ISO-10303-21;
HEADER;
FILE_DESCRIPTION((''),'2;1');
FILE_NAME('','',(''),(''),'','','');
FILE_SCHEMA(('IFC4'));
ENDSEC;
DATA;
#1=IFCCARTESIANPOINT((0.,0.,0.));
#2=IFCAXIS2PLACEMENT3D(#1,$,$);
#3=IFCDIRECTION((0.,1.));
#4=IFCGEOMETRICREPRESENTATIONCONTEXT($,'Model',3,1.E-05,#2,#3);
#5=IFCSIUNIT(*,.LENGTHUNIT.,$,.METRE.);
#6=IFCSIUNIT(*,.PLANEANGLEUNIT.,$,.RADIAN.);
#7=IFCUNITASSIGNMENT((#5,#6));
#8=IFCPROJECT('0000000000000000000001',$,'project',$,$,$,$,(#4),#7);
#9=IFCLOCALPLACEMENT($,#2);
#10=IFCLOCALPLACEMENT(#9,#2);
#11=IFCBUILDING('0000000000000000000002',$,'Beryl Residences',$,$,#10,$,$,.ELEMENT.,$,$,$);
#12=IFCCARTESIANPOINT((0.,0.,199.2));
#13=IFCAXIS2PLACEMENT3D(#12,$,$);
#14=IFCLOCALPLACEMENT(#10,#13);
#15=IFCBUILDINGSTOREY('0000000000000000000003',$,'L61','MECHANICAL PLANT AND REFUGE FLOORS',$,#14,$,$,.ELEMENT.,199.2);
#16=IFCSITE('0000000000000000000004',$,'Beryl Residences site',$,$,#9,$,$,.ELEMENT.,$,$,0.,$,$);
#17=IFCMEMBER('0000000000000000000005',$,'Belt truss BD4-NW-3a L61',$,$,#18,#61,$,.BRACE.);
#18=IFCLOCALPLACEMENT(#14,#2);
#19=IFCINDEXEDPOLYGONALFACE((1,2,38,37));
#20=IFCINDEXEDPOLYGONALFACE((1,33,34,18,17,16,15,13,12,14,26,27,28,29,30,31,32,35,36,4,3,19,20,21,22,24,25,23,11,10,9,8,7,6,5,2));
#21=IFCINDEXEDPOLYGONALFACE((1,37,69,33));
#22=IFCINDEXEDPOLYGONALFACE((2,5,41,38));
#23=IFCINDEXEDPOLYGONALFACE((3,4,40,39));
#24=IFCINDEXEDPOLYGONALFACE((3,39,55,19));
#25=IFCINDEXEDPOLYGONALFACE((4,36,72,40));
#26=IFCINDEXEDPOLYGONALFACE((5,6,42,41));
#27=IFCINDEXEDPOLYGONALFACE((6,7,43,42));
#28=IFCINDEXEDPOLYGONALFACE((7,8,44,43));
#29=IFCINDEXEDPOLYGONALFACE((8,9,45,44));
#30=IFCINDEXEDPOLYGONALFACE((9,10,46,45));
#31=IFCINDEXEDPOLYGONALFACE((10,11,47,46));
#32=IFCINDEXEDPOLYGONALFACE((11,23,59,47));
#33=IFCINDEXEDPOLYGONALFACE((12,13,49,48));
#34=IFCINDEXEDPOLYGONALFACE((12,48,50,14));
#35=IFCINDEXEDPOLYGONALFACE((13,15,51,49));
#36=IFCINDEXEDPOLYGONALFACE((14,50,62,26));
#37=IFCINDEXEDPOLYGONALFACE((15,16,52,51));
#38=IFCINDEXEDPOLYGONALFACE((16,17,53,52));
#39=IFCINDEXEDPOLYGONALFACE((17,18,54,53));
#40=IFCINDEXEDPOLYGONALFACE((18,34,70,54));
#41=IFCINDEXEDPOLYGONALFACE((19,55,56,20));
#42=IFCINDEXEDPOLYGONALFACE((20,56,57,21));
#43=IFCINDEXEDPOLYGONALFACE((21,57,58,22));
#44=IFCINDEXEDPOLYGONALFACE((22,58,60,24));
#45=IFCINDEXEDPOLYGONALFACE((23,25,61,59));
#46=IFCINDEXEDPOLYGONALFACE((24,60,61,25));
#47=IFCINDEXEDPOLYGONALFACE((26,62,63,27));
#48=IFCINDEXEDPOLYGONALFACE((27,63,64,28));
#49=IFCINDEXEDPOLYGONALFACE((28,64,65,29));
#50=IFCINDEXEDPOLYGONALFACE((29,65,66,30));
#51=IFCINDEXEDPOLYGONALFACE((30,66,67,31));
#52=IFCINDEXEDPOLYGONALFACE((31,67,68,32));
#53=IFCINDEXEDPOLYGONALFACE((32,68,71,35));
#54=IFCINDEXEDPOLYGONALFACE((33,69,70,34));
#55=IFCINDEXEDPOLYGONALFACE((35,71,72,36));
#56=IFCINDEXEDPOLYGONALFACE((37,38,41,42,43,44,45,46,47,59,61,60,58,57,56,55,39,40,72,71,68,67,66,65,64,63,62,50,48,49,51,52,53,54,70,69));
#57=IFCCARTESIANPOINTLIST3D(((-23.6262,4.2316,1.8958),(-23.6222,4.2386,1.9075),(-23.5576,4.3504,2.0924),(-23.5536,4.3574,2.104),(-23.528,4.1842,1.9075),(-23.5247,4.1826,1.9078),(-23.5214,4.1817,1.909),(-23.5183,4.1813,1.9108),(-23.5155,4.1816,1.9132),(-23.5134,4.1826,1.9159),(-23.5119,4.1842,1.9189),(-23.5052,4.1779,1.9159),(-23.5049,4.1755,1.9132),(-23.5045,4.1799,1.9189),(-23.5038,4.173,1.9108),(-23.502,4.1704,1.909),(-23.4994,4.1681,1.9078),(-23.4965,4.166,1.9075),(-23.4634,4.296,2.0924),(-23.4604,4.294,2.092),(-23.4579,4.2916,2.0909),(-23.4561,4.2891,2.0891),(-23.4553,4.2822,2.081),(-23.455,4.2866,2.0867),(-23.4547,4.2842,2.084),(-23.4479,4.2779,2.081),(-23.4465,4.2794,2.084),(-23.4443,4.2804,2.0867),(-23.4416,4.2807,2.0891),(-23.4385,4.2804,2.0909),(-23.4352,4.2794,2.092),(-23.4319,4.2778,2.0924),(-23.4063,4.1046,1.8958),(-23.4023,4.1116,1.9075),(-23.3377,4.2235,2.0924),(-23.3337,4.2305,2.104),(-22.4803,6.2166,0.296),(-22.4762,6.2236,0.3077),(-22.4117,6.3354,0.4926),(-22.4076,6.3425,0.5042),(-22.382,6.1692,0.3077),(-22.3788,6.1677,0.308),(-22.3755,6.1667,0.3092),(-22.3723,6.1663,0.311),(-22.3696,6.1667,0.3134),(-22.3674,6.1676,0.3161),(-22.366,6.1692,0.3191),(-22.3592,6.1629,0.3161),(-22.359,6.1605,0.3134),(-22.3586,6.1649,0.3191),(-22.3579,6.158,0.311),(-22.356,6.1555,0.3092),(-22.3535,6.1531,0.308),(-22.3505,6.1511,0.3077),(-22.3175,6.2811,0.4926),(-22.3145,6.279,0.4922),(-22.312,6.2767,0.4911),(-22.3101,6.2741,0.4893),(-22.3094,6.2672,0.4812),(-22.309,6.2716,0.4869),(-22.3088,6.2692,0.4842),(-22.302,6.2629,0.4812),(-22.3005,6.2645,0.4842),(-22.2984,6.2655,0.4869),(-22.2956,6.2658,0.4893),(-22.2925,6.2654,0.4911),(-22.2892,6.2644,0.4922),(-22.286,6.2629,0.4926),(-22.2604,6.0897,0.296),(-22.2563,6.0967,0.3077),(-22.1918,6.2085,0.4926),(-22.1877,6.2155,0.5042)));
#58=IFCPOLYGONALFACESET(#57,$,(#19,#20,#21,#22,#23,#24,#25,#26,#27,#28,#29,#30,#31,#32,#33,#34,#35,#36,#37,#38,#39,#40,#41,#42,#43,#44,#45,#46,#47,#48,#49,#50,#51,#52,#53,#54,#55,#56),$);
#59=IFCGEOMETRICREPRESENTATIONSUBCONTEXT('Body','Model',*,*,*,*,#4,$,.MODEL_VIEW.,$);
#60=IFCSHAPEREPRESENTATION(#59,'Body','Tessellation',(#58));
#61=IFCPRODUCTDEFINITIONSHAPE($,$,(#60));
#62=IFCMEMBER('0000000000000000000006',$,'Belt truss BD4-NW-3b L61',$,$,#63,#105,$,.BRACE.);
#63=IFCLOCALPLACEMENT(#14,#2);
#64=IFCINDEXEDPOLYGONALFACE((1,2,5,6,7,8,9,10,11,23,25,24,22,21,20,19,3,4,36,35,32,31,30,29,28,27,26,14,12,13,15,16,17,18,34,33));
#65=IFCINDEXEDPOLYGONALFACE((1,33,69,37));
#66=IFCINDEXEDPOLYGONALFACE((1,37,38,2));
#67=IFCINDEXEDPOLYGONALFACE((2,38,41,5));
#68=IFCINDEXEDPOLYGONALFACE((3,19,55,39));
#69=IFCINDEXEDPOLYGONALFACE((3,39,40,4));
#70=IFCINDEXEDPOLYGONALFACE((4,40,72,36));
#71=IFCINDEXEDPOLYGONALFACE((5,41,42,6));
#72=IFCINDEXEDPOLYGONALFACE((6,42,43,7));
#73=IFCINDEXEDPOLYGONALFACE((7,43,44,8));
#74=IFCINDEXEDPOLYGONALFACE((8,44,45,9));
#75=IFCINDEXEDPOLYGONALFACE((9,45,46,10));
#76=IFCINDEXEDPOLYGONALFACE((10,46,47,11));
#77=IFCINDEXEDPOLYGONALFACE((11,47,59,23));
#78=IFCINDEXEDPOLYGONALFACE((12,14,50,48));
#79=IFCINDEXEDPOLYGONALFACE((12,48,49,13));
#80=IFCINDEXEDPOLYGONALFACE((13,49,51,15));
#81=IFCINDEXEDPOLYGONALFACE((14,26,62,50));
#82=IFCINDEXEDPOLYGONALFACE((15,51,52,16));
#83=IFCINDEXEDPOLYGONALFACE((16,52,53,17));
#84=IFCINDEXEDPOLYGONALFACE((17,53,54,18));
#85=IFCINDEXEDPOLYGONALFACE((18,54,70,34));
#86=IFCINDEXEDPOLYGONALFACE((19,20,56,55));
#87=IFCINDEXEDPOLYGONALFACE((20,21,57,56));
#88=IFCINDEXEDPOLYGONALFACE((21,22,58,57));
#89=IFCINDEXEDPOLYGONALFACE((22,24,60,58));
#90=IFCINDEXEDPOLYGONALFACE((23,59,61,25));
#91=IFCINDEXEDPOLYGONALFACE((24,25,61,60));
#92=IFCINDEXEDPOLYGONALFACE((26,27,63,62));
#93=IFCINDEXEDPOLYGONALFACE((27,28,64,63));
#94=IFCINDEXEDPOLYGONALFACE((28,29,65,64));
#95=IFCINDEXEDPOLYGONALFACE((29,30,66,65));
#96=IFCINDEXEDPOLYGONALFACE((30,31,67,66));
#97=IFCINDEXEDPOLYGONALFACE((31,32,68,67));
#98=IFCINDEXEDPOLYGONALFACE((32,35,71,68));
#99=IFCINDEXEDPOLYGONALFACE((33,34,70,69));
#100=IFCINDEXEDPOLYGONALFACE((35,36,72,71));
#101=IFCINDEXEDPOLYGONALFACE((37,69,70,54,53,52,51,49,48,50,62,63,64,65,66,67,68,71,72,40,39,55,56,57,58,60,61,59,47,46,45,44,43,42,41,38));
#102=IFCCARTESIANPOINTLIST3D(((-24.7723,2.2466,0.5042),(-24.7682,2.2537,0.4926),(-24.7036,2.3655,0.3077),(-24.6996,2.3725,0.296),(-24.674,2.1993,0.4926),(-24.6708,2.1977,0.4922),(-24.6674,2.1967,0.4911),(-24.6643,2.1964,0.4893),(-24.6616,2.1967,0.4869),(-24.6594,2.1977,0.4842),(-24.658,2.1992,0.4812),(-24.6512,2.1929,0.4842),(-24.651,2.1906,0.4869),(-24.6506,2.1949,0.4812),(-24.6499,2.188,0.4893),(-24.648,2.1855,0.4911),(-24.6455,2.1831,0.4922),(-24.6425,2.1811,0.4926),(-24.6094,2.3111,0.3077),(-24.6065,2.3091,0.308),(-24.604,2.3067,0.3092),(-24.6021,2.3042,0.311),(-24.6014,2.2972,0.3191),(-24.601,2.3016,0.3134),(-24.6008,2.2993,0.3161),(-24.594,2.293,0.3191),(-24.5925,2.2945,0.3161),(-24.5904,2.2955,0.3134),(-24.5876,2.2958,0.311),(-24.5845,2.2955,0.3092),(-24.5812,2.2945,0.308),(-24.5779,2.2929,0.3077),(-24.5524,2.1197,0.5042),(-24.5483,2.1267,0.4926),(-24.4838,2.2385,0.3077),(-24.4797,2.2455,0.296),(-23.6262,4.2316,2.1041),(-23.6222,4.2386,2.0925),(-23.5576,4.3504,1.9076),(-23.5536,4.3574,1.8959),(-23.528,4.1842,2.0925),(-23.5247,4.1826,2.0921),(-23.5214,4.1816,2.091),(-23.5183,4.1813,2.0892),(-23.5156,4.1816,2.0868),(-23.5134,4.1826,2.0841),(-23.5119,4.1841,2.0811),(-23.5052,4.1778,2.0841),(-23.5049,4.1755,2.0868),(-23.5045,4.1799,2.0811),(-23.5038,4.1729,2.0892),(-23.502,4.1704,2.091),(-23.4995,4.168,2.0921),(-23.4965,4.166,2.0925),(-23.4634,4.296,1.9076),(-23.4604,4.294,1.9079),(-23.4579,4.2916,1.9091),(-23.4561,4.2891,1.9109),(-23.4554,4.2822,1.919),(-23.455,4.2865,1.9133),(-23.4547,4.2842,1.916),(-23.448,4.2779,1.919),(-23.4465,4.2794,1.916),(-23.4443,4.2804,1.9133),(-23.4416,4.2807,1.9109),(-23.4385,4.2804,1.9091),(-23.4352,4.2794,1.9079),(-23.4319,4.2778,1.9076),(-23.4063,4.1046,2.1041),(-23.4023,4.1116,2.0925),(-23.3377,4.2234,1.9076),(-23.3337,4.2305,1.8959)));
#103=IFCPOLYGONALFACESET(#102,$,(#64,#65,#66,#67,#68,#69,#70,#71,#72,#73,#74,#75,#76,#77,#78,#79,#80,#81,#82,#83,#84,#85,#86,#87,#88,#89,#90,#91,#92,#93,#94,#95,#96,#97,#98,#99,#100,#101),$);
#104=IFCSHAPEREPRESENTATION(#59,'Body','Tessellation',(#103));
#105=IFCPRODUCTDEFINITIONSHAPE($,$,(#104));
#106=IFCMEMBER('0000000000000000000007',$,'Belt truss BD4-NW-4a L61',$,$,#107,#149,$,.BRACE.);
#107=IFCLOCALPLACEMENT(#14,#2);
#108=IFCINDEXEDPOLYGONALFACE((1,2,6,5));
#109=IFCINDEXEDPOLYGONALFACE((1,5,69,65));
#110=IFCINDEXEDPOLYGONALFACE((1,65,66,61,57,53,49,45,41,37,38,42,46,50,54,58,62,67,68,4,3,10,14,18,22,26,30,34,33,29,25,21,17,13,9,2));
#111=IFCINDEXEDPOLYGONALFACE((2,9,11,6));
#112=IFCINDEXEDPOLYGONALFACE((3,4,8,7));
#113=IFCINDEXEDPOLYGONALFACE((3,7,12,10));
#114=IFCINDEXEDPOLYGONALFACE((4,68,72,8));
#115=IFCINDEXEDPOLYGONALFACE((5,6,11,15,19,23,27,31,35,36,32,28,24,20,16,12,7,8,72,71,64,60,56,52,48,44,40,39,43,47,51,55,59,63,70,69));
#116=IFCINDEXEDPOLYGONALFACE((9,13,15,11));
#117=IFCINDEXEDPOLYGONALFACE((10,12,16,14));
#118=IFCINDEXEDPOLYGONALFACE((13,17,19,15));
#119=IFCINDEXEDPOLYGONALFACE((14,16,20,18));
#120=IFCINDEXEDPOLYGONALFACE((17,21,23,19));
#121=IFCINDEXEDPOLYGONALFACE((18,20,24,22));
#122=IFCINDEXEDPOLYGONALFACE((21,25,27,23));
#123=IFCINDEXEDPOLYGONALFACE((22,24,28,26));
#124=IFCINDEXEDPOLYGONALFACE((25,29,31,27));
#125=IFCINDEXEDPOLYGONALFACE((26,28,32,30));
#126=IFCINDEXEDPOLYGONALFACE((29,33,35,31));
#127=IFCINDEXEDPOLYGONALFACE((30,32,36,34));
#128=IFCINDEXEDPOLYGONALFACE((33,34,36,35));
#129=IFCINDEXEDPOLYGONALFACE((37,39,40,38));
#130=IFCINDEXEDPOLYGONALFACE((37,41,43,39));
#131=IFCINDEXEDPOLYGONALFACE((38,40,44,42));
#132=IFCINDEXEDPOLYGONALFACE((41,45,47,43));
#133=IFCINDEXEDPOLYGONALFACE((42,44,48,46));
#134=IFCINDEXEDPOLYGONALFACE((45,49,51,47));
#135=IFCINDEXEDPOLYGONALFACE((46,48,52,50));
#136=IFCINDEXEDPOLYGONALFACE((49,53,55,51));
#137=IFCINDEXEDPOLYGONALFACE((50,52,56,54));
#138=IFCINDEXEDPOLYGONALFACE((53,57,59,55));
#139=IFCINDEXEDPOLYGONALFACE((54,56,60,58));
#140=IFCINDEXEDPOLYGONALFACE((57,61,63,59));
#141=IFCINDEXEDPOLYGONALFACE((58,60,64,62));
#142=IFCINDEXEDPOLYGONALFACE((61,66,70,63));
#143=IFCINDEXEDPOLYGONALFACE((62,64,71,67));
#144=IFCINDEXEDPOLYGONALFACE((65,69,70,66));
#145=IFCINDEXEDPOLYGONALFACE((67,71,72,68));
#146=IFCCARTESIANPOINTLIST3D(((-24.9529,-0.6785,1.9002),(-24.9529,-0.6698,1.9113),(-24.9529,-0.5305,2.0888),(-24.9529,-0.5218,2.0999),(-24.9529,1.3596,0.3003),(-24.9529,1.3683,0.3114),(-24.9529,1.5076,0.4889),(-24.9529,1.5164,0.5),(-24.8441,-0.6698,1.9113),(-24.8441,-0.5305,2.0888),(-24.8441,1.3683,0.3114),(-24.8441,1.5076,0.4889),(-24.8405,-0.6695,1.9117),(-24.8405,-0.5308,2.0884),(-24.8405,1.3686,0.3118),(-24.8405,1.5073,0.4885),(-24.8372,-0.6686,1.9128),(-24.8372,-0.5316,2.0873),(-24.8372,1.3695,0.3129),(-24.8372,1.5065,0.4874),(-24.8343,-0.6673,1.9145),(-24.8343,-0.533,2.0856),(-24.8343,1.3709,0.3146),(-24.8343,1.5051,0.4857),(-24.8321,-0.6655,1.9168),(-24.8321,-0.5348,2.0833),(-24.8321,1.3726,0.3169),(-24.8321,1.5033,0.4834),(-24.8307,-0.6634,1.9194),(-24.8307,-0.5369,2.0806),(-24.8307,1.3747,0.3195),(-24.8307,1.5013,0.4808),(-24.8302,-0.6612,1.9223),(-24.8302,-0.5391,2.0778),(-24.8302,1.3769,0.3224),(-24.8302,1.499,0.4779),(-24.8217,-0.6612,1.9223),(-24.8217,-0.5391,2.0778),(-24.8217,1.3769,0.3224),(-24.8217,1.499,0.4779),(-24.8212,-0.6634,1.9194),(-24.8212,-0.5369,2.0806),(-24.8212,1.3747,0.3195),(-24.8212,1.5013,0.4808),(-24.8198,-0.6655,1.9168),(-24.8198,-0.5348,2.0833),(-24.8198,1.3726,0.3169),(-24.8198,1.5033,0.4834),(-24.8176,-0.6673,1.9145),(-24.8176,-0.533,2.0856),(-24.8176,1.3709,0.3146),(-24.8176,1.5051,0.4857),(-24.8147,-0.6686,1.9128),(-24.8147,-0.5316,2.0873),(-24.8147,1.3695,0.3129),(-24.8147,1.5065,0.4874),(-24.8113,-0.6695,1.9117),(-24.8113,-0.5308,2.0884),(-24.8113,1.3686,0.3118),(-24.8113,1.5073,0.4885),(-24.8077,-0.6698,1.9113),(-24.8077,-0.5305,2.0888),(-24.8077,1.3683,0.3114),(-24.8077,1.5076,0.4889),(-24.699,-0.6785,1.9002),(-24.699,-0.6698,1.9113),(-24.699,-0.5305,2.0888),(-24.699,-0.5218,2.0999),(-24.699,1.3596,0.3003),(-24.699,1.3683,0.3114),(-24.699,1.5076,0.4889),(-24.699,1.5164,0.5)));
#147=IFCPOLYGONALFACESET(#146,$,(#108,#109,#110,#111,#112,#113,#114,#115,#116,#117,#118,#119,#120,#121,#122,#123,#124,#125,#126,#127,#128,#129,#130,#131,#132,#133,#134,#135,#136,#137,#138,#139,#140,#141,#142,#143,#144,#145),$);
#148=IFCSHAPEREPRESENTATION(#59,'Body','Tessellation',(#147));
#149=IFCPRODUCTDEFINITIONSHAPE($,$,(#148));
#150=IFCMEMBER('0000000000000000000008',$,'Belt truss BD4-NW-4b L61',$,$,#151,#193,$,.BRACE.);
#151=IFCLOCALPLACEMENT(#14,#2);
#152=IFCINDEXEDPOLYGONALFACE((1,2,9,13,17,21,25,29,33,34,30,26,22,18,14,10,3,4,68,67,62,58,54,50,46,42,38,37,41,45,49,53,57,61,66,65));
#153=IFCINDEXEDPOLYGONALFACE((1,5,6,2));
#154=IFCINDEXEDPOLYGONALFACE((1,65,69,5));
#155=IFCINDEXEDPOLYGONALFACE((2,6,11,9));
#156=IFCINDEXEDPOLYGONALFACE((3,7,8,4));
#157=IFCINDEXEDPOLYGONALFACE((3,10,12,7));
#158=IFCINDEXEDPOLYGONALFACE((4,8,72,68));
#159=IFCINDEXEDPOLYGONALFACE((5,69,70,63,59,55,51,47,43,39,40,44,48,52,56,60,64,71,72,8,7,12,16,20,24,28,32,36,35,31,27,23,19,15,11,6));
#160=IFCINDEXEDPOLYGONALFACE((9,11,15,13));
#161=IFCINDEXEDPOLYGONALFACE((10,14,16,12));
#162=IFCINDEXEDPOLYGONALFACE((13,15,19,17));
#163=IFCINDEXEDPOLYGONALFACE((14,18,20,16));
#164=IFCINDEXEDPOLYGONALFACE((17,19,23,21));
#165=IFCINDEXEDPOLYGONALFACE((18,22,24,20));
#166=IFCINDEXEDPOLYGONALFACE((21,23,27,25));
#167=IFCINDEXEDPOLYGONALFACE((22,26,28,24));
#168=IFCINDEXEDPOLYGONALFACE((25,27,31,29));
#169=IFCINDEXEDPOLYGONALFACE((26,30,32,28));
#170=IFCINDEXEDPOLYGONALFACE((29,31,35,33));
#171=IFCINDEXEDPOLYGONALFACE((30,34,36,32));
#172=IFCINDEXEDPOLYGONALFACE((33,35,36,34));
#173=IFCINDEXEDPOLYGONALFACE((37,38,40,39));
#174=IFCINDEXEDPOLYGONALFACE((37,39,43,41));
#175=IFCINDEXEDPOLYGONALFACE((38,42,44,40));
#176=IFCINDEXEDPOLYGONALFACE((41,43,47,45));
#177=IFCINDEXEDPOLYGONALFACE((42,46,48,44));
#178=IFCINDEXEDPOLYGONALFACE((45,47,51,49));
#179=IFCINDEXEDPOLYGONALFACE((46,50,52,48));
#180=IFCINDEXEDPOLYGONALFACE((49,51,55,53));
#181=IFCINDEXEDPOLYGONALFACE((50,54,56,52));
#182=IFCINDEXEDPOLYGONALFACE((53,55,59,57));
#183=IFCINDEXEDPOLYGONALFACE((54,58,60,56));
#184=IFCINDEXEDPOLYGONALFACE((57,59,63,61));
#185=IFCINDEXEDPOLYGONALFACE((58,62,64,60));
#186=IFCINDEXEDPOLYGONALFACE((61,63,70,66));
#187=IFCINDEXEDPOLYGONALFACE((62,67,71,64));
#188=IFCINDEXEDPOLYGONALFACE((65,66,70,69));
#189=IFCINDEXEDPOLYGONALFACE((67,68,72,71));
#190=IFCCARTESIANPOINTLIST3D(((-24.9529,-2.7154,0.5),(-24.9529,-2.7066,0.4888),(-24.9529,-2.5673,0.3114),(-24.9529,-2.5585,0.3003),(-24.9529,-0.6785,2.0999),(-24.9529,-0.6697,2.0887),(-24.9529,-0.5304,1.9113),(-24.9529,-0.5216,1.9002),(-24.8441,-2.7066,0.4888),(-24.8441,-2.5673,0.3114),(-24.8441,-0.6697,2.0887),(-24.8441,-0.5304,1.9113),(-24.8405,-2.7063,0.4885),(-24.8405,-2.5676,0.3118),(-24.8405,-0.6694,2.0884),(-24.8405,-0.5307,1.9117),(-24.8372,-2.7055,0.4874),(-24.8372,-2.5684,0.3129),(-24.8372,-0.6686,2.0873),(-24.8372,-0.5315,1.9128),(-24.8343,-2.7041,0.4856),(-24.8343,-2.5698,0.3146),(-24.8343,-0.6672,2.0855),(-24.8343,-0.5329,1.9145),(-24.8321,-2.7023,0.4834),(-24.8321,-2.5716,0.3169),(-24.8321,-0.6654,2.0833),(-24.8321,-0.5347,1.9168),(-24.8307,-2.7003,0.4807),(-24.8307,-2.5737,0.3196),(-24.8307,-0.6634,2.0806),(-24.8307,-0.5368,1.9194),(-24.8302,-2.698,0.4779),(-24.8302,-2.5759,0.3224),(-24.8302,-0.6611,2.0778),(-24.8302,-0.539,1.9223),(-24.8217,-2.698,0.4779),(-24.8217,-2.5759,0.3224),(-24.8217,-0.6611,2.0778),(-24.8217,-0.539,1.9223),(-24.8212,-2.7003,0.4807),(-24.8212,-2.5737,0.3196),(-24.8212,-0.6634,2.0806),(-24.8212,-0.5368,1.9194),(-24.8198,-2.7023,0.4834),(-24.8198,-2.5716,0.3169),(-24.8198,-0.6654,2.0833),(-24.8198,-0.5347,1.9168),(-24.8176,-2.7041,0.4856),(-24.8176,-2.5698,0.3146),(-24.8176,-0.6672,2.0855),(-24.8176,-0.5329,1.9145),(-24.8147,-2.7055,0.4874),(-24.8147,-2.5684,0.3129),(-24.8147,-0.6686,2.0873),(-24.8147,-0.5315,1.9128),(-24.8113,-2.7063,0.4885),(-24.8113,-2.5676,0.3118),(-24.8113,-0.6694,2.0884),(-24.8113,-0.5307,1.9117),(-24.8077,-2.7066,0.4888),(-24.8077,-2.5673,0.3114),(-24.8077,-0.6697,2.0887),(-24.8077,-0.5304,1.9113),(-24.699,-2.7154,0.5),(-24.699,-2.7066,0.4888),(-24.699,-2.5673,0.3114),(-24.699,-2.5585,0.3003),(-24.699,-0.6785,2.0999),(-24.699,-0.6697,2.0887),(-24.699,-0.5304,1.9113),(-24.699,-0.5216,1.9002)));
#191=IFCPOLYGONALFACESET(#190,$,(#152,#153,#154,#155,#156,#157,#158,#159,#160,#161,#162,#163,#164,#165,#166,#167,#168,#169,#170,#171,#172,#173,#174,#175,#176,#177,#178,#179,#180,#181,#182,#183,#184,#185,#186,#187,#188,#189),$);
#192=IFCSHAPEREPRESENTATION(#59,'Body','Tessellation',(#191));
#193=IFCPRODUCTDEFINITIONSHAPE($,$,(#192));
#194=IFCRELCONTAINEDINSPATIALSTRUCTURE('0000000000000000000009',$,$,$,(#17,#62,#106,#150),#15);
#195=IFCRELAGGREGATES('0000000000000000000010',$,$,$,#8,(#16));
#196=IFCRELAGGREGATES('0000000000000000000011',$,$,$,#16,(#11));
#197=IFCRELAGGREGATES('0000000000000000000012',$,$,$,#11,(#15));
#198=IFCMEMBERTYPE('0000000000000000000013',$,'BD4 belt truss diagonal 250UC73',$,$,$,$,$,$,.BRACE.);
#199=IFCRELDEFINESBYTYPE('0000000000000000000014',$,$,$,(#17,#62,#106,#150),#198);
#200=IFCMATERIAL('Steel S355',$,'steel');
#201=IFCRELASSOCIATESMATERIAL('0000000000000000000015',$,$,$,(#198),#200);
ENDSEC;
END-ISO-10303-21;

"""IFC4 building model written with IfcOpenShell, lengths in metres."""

from ifc_helpers import new_model, si_unit, direction, frame, origin, origin_2d, place, context, subcontext, project, spatial, i_section, extrude, material, material_profile, profile_set, type_object, element, save


model = new_model("IFC4")

# Units and contexts
model_context = context("Model", 3, precision=1e-05, world=origin(), true_north=direction((0.0, 1.0)))
body_context = subcontext(model_context, "Body", "Model", "MODEL_VIEW")
ifc_project = project(units=[si_unit("LENGTHUNIT", "METRE"), si_unit("PLANEANGLEUNIT", "RADIAN")], contexts=[model_context])

# Site, building, storey
site_placement = place(None, origin())
site = spatial("IfcSite", under=ifc_project, at=site_placement, Name="Beryl Residences site", CompositionType="ELEMENT", RefElevation=0.0)
building_placement = place(site_placement, origin())
building = spatial("IfcBuilding", under=site, at=building_placement, Name="Beryl Residences", CompositionType="ELEMENT")
storey_placement = place(building_placement, frame((0.0, 0.0, 199.2)))
storey = spatial("IfcBuildingStorey", under=building, at=storey_placement, Name="L61", Description="MECHANICAL PLANT AND REFUGE FLOORS", CompositionType="ELEMENT", Elevation=199.2)

# Members
ifc_material_1 = material(Name="Steel S355", Category="steel")
ifc_material_profile_1 = material_profile(ifc_material_1, i_section(OverallWidth=0.2539, OverallDepth=0.2539, WebThickness=0.0085, FlangeThickness=0.0142, FilletRadius=0.0139, at=origin_2d()))
ifc_profile_set_1 = profile_set([ifc_material_profile_1], Name="Steel S355")
member_type_1 = type_object("IfcMemberType", Name="BD4 belt truss diagonal 250UC73", PredefinedType="BRACE", material=ifc_profile_set_1)
for number, where, z_axis, x_axis, name in (
    (1, (-22.334, 6.2161, 0.4001), (-0.409978, -0.710169, 0.572345), (0.866045, -0.499965, 0.0), "Belt truss BD4-NW-3a L61"),
    (2, (-24.626, 2.2461, 0.4001), (0.410003, 0.710125, 0.57238), (-0.866019, 0.500011, 0.0), "Belt truss BD4-NW-3b L61"),
):
    element("IfcMember", number, at=place(storey_placement, frame(where, z_axis=z_axis, x_axis=x_axis)), inside=storey, type_object=member_type_1, Name=name, PredefinedType="BRACE", context=body_context, shape_type="SweptSolid", body=[
        extrude(i_section(OverallWidth=0.2539, OverallDepth=0.2539, WebThickness=0.0085, FlangeThickness=0.0142, FilletRadius=0.0139, at=origin_2d()), origin(), (0.0, 0.0, 1.0), 2.7952),
    ])
member_1_placement = place(storey_placement, frame((-24.8259, 1.438, 0.4001), z_axis=(0.0, -0.786599, 0.617464), x_axis=(1.0, 0.0, 0.0)))
element("IfcMember", 3, at=member_1_placement, inside=storey, type_object=member_type_1, Name="Belt truss BD4-NW-4a L61", PredefinedType="BRACE", context=body_context, shape_type="SweptSolid", body=[
    extrude(i_section(OverallWidth=0.2539, OverallDepth=0.2539, WebThickness=0.0085, FlangeThickness=0.0142, FilletRadius=0.0139, at=origin_2d()), origin(), (0.0, 0.0, 1.0), 2.5911),
])
member_2_placement = place(storey_placement, frame((-24.8259, -2.637, 0.4001), z_axis=(0.0, 0.78642, 0.617692), x_axis=(-1.0, 0.0, 0.0)))
element("IfcMember", 4, at=member_2_placement, inside=storey, type_object=member_type_1, Name="Belt truss BD4-NW-4b L61", PredefinedType="BRACE", context=body_context, shape_type="SweptSolid", body=[
    extrude(i_section(OverallWidth=0.2539, OverallDepth=0.2539, WebThickness=0.0085, FlangeThickness=0.0142, FilletRadius=0.0139, at=origin_2d()), origin(), (0.0, 0.0, 1.0), 2.5901),
])

save(model, "model.ifc")
